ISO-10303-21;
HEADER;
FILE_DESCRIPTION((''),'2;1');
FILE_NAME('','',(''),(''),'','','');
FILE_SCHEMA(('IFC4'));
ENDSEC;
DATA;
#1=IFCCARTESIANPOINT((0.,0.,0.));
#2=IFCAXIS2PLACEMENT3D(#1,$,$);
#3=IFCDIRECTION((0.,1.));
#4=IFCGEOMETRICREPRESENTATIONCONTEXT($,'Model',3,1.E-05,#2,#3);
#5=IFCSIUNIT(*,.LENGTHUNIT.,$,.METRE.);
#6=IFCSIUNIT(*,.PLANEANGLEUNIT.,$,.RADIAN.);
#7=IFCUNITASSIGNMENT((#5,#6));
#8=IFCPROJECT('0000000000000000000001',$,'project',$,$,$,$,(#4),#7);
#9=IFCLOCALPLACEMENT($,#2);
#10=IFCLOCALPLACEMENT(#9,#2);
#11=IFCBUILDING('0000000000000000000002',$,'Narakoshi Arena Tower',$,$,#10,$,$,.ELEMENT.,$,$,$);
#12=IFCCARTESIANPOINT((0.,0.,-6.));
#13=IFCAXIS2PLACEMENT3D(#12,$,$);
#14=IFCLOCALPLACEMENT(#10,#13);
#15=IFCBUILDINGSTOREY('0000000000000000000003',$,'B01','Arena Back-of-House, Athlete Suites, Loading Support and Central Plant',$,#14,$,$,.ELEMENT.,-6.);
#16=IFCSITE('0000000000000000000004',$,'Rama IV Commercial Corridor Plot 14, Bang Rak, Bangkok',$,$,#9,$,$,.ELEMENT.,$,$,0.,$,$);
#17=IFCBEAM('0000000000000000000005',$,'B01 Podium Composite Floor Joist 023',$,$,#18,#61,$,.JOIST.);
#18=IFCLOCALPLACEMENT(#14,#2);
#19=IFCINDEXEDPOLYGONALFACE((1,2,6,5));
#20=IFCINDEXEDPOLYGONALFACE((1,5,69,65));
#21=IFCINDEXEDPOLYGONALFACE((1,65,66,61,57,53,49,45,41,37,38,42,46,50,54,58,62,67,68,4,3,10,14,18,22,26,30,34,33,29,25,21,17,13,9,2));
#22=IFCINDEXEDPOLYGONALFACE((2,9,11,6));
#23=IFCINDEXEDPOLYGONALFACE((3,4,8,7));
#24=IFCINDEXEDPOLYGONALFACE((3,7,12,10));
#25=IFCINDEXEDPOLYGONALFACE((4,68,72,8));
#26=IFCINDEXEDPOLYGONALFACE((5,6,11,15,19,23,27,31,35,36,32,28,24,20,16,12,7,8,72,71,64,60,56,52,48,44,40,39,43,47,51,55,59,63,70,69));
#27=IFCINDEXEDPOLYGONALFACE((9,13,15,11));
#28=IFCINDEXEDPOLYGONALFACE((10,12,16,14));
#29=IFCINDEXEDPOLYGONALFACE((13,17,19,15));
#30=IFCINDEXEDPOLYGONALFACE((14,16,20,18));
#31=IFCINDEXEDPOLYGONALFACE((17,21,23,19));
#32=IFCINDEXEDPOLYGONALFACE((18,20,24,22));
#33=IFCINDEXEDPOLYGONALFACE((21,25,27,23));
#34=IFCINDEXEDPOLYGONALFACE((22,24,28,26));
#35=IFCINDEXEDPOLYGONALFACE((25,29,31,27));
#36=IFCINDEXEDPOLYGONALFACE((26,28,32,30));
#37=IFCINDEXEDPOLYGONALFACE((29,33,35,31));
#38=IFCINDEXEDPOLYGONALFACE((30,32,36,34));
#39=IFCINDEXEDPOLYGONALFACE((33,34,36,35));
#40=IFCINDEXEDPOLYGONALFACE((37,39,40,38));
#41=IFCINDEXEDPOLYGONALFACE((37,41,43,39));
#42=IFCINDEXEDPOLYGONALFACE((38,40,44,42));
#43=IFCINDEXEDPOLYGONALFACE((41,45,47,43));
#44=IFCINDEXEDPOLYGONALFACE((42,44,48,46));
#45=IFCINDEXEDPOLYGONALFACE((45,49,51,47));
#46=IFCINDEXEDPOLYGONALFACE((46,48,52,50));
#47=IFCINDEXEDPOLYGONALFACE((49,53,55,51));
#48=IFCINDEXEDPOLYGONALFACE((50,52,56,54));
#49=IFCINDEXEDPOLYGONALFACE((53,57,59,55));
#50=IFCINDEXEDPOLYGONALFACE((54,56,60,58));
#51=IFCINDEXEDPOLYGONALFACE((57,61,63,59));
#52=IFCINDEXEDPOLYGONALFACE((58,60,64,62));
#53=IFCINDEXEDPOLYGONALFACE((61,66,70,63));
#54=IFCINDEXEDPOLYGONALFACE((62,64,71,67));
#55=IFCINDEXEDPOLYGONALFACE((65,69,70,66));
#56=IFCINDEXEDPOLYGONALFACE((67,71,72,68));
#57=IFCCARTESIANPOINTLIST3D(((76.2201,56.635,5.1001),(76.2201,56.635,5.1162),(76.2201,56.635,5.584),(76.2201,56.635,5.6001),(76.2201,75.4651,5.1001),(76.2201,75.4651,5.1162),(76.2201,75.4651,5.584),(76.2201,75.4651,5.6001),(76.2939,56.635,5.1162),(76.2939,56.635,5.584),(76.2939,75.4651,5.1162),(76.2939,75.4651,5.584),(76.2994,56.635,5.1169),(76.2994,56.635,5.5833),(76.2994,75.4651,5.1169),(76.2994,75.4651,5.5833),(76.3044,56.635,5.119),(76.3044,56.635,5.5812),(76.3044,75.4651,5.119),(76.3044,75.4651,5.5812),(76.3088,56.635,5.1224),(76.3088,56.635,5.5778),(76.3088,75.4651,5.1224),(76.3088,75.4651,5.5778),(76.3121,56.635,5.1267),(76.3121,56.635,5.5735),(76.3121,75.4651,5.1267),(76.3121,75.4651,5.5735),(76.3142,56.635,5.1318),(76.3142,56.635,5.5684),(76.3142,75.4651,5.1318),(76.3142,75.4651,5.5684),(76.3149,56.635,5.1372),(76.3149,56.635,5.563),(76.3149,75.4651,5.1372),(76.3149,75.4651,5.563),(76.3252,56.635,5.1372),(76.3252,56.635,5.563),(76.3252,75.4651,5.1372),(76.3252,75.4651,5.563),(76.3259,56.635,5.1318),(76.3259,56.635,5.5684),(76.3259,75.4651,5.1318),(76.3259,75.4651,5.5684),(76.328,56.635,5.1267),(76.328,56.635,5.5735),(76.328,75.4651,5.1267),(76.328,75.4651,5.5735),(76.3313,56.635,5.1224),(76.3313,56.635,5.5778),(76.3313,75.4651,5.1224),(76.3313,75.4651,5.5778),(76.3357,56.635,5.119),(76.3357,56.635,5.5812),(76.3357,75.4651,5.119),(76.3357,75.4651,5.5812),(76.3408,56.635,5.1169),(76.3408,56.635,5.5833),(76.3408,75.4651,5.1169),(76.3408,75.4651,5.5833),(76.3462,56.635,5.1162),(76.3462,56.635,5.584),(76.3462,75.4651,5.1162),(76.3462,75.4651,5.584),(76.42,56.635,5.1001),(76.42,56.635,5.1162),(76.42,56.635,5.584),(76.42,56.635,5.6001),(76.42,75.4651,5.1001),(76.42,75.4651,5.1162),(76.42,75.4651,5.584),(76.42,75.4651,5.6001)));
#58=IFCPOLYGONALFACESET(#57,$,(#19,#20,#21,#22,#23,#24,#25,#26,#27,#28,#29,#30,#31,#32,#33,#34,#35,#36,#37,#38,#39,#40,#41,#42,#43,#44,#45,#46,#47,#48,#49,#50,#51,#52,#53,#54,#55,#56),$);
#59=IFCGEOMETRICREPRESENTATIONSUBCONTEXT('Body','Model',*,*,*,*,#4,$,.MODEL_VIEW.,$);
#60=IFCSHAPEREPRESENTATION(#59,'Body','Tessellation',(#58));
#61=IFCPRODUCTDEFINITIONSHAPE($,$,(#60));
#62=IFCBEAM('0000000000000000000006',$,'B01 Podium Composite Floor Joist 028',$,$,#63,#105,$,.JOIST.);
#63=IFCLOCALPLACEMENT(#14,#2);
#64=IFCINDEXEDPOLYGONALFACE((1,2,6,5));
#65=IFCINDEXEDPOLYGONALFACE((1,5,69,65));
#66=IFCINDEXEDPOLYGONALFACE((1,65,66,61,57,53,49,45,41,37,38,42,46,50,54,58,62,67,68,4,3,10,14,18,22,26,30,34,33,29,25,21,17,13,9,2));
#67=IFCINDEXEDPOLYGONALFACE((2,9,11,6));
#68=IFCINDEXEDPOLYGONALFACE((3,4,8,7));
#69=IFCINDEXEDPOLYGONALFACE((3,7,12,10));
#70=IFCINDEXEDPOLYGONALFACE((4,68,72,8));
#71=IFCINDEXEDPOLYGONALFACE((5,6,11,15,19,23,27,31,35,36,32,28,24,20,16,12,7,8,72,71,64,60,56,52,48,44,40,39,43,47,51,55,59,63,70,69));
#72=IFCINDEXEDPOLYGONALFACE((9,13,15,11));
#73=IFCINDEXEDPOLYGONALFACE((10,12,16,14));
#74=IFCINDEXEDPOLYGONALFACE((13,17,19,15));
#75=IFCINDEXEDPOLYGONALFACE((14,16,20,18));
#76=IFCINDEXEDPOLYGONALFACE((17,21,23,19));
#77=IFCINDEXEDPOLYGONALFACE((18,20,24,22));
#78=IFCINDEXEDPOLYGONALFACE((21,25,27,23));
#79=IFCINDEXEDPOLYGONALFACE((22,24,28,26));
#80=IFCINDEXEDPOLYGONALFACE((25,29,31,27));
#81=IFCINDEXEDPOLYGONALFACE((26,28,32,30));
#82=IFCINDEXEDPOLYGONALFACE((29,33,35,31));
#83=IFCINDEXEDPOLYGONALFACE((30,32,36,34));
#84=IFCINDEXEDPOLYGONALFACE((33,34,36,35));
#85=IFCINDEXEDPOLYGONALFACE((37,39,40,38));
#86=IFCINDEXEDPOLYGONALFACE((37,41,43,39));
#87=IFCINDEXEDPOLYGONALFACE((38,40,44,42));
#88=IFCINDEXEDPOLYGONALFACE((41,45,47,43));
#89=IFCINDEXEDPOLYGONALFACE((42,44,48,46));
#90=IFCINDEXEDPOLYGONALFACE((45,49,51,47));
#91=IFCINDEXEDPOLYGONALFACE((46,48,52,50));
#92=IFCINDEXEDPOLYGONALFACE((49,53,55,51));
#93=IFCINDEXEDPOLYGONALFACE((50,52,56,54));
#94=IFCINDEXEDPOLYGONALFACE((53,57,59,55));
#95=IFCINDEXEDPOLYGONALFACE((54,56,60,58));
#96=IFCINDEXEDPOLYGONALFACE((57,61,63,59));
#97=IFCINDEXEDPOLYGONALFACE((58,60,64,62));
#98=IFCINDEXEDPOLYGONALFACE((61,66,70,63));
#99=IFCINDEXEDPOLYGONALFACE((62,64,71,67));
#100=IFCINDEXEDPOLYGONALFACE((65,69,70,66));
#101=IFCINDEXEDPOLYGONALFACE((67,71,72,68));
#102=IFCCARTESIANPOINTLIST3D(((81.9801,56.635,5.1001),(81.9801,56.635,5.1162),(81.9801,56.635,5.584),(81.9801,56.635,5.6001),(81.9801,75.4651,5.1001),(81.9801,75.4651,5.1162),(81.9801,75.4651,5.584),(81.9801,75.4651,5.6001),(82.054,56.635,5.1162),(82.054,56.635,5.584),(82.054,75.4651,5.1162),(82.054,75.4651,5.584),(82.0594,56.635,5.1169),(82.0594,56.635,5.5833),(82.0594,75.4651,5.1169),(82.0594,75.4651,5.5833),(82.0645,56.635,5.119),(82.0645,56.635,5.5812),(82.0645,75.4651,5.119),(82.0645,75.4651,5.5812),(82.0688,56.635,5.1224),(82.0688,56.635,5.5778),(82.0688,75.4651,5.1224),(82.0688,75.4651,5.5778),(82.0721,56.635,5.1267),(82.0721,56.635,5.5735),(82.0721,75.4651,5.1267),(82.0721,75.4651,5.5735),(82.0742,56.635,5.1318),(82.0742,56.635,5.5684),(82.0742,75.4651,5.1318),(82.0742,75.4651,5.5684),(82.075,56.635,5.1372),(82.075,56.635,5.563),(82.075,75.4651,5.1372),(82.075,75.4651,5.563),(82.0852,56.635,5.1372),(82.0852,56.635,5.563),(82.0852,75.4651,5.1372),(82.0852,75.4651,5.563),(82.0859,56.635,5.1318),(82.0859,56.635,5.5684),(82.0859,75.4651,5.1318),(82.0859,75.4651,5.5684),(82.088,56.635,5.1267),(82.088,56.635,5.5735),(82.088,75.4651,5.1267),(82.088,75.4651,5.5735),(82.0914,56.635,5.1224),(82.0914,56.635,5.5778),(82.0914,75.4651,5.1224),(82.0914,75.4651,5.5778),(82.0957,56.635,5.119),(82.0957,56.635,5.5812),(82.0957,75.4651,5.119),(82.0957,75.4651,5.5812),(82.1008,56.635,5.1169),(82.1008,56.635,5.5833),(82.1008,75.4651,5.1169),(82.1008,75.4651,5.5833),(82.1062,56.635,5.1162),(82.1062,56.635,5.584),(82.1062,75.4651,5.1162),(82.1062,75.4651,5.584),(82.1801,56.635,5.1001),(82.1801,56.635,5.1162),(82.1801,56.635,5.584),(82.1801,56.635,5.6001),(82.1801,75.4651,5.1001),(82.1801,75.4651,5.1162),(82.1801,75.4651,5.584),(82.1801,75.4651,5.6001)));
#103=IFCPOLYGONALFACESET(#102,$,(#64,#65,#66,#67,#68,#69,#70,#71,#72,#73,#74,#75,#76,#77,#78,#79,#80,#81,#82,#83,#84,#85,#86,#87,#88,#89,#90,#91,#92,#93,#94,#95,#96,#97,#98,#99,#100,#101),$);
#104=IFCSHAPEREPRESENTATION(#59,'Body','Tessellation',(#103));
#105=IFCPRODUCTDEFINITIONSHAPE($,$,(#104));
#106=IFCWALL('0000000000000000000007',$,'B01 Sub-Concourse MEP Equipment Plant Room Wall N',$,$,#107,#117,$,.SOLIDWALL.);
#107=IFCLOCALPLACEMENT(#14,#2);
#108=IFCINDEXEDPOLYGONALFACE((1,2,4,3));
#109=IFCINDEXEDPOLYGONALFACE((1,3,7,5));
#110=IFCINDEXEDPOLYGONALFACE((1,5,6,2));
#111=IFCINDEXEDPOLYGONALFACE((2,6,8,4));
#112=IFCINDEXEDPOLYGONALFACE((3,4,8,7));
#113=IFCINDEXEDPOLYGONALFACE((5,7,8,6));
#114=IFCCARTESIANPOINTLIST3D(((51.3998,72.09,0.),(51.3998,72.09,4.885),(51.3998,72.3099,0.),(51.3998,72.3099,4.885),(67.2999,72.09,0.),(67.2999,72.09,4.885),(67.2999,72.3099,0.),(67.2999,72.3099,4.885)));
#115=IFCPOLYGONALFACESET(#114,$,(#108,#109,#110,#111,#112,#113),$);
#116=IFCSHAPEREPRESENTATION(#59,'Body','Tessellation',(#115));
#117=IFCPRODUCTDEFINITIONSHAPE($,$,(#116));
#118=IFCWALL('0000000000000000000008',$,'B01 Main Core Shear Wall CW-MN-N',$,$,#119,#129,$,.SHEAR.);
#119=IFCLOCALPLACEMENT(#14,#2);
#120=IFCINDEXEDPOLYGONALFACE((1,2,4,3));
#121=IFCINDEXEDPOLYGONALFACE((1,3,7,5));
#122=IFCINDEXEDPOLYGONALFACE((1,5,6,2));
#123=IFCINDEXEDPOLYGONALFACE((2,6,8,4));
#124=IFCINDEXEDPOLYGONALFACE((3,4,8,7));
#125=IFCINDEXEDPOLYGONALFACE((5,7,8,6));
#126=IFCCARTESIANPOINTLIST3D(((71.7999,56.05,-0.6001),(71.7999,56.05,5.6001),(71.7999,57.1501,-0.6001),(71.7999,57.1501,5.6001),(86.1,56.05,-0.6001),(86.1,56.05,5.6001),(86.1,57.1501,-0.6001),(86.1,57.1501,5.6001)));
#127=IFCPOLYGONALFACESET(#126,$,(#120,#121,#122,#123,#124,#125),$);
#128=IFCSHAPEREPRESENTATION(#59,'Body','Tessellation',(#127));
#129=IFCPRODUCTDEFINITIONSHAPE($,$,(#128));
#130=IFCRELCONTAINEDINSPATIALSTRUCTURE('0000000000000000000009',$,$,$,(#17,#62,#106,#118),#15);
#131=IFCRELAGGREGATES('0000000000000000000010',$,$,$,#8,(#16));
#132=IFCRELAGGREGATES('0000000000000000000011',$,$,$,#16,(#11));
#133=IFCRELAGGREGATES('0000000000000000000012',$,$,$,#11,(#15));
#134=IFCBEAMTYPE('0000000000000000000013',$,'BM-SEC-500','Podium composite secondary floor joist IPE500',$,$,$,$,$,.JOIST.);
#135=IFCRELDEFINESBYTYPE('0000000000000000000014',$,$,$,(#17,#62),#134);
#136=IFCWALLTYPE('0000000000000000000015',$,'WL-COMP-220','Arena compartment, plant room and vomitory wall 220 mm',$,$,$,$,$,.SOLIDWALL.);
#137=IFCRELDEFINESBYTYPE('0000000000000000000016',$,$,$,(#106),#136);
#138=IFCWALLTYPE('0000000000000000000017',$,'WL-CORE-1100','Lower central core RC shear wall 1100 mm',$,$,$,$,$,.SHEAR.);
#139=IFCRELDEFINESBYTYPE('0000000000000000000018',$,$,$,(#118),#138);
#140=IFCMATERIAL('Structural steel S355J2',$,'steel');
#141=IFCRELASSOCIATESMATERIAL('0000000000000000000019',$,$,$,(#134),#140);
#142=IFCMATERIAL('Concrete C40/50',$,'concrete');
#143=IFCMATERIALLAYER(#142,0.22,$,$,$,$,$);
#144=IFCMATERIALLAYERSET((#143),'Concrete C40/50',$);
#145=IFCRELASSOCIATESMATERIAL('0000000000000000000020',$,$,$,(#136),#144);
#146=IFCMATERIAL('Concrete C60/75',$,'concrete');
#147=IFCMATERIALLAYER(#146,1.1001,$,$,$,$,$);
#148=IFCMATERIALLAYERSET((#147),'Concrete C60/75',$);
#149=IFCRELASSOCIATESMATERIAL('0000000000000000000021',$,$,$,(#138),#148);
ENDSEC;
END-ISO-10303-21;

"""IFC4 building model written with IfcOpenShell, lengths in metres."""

from ifc_helpers import new_model, si_unit, direction, frame, frame_2d, origin, origin_2d, place, context, subcontext, project, spatial, rectangle, i_section, extrude, material, layer, layer_set, material_profile, profile_set, type_object, element, save


model = new_model("IFC4")

# Units and contexts
model_context = context("Model", 3, precision=1e-05, world=origin(), true_north=direction((0.0, 1.0)))
body_context = subcontext(model_context, "Body", "Model", "MODEL_VIEW")
ifc_project = project(units=[si_unit("LENGTHUNIT", "METRE"), si_unit("PLANEANGLEUNIT", "RADIAN")], contexts=[model_context])

# Site, building, storey
site_placement = place(None, origin())
site = spatial("IfcSite", under=ifc_project, at=site_placement, Name="Rama IV Commercial Corridor Plot 14, Bang Rak, Bangkok", CompositionType="ELEMENT", RefElevation=0.0)
building_placement = place(site_placement, origin())
building = spatial("IfcBuilding", under=site, at=building_placement, Name="Narakoshi Arena Tower", CompositionType="ELEMENT")
storey_placement = place(building_placement, frame((0.0, 0.0, -6.0)))
storey = spatial("IfcBuildingStorey", under=building, at=storey_placement, Name="B01", Description="Arena Back-of-House, Athlete Suites, Loading Support and Central Plant", CompositionType="ELEMENT", Elevation=-6.0)

# Shared definitions
ifc_material_1 = material(Name="Concrete C60/75", Category="concrete")

# Beams
ifc_material_2 = material(Name="Structural steel S355J2", Category="steel")
ifc_material_profile_1 = material_profile(ifc_material_2, i_section(OverallWidth=0.2, OverallDepth=0.5, WebThickness=0.0103, FlangeThickness=0.0161, FilletRadius=0.021, at=origin_2d()), Name="IPE500")
ifc_profile_set_1 = profile_set([ifc_material_profile_1], Name="Structural steel S355J2")
beam_type_1 = type_object("IfcBeamType", Name="BM-SEC-500", Description="Podium composite secondary floor joist IPE500", PredefinedType="JOIST", material=ifc_profile_set_1)
for number, where, z_axis, x_axis, name in (
    (1, (76.3201, 56.635, 5.3501), (0.0, 1.0, 0.0), (-1.0, 0.0, 0.0), "B01 Podium Composite Floor Joist 023"),
    (2, (82.0801, 56.635, 5.3501), (0.0, 1.0, 0.0), (-1.0, 0.0, 0.0), "B01 Podium Composite Floor Joist 028"),
):
    element("IfcBeam", number, at=place(storey_placement, frame(where, z_axis=z_axis, x_axis=x_axis)), inside=storey, type_object=beam_type_1, Name=name, PredefinedType="JOIST", context=body_context, shape_type="SweptSolid", body=[
        extrude(i_section(OverallWidth=0.2, OverallDepth=0.5, WebThickness=0.0103, FlangeThickness=0.0161, FilletRadius=0.021, at=origin_2d()), origin(), (0.0, 0.0, 1.0), 18.8301),
    ])

# Walls
ifc_material_3 = material(Name="Concrete C40/50", Category="concrete")
ifc_layer_1 = layer(ifc_material_3, 0.22)
ifc_layer_set_1 = layer_set([ifc_layer_1], Name="Concrete C40/50")
wall_type_1 = type_object("IfcWallType", Name="WL-COMP-220", Description="Arena compartment, plant room and vomitory wall 220 mm", PredefinedType="SOLIDWALL", material=ifc_layer_set_1)
wall_1_placement = place(storey_placement, frame((67.3, 72.2, 0.0), z_axis=(0.0, 0.0, 1.0), x_axis=(-1.0, 0.0, 0.0)))
element("IfcWall", 3, at=wall_1_placement, inside=storey, type_object=wall_type_1, Name="B01 Sub-Concourse MEP Equipment Plant Room Wall N", PredefinedType="SOLIDWALL", context=body_context, shape_type="SweptSolid", body=[
    extrude(rectangle(XDim=15.9001, YDim=0.22, at=frame_2d((7.9502, 0.0))), origin(), (0.0, 0.0, 1.0), 4.885),
])
ifc_layer_2 = layer(ifc_material_1, 1.1001)
ifc_layer_set_2 = layer_set([ifc_layer_2], Name="Concrete C60/75")
wall_type_2 = type_object("IfcWallType", Name="WL-CORE-1100", Description="Lower central core RC shear wall 1100 mm", PredefinedType="SHEAR", material=ifc_layer_set_2)
wall_2_placement = place(storey_placement, frame((71.8, 56.6001, -0.6001), z_axis=(0.0, 0.0, 1.0), x_axis=(1.0, 0.0, 0.0)))
element("IfcWall", 4, at=wall_2_placement, inside=storey, type_object=wall_type_2, Name="B01 Main Core Shear Wall CW-MN-N", PredefinedType="SHEAR", context=body_context, shape_type="SweptSolid", body=[
    extrude(rectangle(XDim=14.3, YDim=1.1001, at=frame_2d((7.1499, 0.0))), origin(), (0.0, 0.0, 1.0), 6.2002),
])

save(model, "model.ifc")
